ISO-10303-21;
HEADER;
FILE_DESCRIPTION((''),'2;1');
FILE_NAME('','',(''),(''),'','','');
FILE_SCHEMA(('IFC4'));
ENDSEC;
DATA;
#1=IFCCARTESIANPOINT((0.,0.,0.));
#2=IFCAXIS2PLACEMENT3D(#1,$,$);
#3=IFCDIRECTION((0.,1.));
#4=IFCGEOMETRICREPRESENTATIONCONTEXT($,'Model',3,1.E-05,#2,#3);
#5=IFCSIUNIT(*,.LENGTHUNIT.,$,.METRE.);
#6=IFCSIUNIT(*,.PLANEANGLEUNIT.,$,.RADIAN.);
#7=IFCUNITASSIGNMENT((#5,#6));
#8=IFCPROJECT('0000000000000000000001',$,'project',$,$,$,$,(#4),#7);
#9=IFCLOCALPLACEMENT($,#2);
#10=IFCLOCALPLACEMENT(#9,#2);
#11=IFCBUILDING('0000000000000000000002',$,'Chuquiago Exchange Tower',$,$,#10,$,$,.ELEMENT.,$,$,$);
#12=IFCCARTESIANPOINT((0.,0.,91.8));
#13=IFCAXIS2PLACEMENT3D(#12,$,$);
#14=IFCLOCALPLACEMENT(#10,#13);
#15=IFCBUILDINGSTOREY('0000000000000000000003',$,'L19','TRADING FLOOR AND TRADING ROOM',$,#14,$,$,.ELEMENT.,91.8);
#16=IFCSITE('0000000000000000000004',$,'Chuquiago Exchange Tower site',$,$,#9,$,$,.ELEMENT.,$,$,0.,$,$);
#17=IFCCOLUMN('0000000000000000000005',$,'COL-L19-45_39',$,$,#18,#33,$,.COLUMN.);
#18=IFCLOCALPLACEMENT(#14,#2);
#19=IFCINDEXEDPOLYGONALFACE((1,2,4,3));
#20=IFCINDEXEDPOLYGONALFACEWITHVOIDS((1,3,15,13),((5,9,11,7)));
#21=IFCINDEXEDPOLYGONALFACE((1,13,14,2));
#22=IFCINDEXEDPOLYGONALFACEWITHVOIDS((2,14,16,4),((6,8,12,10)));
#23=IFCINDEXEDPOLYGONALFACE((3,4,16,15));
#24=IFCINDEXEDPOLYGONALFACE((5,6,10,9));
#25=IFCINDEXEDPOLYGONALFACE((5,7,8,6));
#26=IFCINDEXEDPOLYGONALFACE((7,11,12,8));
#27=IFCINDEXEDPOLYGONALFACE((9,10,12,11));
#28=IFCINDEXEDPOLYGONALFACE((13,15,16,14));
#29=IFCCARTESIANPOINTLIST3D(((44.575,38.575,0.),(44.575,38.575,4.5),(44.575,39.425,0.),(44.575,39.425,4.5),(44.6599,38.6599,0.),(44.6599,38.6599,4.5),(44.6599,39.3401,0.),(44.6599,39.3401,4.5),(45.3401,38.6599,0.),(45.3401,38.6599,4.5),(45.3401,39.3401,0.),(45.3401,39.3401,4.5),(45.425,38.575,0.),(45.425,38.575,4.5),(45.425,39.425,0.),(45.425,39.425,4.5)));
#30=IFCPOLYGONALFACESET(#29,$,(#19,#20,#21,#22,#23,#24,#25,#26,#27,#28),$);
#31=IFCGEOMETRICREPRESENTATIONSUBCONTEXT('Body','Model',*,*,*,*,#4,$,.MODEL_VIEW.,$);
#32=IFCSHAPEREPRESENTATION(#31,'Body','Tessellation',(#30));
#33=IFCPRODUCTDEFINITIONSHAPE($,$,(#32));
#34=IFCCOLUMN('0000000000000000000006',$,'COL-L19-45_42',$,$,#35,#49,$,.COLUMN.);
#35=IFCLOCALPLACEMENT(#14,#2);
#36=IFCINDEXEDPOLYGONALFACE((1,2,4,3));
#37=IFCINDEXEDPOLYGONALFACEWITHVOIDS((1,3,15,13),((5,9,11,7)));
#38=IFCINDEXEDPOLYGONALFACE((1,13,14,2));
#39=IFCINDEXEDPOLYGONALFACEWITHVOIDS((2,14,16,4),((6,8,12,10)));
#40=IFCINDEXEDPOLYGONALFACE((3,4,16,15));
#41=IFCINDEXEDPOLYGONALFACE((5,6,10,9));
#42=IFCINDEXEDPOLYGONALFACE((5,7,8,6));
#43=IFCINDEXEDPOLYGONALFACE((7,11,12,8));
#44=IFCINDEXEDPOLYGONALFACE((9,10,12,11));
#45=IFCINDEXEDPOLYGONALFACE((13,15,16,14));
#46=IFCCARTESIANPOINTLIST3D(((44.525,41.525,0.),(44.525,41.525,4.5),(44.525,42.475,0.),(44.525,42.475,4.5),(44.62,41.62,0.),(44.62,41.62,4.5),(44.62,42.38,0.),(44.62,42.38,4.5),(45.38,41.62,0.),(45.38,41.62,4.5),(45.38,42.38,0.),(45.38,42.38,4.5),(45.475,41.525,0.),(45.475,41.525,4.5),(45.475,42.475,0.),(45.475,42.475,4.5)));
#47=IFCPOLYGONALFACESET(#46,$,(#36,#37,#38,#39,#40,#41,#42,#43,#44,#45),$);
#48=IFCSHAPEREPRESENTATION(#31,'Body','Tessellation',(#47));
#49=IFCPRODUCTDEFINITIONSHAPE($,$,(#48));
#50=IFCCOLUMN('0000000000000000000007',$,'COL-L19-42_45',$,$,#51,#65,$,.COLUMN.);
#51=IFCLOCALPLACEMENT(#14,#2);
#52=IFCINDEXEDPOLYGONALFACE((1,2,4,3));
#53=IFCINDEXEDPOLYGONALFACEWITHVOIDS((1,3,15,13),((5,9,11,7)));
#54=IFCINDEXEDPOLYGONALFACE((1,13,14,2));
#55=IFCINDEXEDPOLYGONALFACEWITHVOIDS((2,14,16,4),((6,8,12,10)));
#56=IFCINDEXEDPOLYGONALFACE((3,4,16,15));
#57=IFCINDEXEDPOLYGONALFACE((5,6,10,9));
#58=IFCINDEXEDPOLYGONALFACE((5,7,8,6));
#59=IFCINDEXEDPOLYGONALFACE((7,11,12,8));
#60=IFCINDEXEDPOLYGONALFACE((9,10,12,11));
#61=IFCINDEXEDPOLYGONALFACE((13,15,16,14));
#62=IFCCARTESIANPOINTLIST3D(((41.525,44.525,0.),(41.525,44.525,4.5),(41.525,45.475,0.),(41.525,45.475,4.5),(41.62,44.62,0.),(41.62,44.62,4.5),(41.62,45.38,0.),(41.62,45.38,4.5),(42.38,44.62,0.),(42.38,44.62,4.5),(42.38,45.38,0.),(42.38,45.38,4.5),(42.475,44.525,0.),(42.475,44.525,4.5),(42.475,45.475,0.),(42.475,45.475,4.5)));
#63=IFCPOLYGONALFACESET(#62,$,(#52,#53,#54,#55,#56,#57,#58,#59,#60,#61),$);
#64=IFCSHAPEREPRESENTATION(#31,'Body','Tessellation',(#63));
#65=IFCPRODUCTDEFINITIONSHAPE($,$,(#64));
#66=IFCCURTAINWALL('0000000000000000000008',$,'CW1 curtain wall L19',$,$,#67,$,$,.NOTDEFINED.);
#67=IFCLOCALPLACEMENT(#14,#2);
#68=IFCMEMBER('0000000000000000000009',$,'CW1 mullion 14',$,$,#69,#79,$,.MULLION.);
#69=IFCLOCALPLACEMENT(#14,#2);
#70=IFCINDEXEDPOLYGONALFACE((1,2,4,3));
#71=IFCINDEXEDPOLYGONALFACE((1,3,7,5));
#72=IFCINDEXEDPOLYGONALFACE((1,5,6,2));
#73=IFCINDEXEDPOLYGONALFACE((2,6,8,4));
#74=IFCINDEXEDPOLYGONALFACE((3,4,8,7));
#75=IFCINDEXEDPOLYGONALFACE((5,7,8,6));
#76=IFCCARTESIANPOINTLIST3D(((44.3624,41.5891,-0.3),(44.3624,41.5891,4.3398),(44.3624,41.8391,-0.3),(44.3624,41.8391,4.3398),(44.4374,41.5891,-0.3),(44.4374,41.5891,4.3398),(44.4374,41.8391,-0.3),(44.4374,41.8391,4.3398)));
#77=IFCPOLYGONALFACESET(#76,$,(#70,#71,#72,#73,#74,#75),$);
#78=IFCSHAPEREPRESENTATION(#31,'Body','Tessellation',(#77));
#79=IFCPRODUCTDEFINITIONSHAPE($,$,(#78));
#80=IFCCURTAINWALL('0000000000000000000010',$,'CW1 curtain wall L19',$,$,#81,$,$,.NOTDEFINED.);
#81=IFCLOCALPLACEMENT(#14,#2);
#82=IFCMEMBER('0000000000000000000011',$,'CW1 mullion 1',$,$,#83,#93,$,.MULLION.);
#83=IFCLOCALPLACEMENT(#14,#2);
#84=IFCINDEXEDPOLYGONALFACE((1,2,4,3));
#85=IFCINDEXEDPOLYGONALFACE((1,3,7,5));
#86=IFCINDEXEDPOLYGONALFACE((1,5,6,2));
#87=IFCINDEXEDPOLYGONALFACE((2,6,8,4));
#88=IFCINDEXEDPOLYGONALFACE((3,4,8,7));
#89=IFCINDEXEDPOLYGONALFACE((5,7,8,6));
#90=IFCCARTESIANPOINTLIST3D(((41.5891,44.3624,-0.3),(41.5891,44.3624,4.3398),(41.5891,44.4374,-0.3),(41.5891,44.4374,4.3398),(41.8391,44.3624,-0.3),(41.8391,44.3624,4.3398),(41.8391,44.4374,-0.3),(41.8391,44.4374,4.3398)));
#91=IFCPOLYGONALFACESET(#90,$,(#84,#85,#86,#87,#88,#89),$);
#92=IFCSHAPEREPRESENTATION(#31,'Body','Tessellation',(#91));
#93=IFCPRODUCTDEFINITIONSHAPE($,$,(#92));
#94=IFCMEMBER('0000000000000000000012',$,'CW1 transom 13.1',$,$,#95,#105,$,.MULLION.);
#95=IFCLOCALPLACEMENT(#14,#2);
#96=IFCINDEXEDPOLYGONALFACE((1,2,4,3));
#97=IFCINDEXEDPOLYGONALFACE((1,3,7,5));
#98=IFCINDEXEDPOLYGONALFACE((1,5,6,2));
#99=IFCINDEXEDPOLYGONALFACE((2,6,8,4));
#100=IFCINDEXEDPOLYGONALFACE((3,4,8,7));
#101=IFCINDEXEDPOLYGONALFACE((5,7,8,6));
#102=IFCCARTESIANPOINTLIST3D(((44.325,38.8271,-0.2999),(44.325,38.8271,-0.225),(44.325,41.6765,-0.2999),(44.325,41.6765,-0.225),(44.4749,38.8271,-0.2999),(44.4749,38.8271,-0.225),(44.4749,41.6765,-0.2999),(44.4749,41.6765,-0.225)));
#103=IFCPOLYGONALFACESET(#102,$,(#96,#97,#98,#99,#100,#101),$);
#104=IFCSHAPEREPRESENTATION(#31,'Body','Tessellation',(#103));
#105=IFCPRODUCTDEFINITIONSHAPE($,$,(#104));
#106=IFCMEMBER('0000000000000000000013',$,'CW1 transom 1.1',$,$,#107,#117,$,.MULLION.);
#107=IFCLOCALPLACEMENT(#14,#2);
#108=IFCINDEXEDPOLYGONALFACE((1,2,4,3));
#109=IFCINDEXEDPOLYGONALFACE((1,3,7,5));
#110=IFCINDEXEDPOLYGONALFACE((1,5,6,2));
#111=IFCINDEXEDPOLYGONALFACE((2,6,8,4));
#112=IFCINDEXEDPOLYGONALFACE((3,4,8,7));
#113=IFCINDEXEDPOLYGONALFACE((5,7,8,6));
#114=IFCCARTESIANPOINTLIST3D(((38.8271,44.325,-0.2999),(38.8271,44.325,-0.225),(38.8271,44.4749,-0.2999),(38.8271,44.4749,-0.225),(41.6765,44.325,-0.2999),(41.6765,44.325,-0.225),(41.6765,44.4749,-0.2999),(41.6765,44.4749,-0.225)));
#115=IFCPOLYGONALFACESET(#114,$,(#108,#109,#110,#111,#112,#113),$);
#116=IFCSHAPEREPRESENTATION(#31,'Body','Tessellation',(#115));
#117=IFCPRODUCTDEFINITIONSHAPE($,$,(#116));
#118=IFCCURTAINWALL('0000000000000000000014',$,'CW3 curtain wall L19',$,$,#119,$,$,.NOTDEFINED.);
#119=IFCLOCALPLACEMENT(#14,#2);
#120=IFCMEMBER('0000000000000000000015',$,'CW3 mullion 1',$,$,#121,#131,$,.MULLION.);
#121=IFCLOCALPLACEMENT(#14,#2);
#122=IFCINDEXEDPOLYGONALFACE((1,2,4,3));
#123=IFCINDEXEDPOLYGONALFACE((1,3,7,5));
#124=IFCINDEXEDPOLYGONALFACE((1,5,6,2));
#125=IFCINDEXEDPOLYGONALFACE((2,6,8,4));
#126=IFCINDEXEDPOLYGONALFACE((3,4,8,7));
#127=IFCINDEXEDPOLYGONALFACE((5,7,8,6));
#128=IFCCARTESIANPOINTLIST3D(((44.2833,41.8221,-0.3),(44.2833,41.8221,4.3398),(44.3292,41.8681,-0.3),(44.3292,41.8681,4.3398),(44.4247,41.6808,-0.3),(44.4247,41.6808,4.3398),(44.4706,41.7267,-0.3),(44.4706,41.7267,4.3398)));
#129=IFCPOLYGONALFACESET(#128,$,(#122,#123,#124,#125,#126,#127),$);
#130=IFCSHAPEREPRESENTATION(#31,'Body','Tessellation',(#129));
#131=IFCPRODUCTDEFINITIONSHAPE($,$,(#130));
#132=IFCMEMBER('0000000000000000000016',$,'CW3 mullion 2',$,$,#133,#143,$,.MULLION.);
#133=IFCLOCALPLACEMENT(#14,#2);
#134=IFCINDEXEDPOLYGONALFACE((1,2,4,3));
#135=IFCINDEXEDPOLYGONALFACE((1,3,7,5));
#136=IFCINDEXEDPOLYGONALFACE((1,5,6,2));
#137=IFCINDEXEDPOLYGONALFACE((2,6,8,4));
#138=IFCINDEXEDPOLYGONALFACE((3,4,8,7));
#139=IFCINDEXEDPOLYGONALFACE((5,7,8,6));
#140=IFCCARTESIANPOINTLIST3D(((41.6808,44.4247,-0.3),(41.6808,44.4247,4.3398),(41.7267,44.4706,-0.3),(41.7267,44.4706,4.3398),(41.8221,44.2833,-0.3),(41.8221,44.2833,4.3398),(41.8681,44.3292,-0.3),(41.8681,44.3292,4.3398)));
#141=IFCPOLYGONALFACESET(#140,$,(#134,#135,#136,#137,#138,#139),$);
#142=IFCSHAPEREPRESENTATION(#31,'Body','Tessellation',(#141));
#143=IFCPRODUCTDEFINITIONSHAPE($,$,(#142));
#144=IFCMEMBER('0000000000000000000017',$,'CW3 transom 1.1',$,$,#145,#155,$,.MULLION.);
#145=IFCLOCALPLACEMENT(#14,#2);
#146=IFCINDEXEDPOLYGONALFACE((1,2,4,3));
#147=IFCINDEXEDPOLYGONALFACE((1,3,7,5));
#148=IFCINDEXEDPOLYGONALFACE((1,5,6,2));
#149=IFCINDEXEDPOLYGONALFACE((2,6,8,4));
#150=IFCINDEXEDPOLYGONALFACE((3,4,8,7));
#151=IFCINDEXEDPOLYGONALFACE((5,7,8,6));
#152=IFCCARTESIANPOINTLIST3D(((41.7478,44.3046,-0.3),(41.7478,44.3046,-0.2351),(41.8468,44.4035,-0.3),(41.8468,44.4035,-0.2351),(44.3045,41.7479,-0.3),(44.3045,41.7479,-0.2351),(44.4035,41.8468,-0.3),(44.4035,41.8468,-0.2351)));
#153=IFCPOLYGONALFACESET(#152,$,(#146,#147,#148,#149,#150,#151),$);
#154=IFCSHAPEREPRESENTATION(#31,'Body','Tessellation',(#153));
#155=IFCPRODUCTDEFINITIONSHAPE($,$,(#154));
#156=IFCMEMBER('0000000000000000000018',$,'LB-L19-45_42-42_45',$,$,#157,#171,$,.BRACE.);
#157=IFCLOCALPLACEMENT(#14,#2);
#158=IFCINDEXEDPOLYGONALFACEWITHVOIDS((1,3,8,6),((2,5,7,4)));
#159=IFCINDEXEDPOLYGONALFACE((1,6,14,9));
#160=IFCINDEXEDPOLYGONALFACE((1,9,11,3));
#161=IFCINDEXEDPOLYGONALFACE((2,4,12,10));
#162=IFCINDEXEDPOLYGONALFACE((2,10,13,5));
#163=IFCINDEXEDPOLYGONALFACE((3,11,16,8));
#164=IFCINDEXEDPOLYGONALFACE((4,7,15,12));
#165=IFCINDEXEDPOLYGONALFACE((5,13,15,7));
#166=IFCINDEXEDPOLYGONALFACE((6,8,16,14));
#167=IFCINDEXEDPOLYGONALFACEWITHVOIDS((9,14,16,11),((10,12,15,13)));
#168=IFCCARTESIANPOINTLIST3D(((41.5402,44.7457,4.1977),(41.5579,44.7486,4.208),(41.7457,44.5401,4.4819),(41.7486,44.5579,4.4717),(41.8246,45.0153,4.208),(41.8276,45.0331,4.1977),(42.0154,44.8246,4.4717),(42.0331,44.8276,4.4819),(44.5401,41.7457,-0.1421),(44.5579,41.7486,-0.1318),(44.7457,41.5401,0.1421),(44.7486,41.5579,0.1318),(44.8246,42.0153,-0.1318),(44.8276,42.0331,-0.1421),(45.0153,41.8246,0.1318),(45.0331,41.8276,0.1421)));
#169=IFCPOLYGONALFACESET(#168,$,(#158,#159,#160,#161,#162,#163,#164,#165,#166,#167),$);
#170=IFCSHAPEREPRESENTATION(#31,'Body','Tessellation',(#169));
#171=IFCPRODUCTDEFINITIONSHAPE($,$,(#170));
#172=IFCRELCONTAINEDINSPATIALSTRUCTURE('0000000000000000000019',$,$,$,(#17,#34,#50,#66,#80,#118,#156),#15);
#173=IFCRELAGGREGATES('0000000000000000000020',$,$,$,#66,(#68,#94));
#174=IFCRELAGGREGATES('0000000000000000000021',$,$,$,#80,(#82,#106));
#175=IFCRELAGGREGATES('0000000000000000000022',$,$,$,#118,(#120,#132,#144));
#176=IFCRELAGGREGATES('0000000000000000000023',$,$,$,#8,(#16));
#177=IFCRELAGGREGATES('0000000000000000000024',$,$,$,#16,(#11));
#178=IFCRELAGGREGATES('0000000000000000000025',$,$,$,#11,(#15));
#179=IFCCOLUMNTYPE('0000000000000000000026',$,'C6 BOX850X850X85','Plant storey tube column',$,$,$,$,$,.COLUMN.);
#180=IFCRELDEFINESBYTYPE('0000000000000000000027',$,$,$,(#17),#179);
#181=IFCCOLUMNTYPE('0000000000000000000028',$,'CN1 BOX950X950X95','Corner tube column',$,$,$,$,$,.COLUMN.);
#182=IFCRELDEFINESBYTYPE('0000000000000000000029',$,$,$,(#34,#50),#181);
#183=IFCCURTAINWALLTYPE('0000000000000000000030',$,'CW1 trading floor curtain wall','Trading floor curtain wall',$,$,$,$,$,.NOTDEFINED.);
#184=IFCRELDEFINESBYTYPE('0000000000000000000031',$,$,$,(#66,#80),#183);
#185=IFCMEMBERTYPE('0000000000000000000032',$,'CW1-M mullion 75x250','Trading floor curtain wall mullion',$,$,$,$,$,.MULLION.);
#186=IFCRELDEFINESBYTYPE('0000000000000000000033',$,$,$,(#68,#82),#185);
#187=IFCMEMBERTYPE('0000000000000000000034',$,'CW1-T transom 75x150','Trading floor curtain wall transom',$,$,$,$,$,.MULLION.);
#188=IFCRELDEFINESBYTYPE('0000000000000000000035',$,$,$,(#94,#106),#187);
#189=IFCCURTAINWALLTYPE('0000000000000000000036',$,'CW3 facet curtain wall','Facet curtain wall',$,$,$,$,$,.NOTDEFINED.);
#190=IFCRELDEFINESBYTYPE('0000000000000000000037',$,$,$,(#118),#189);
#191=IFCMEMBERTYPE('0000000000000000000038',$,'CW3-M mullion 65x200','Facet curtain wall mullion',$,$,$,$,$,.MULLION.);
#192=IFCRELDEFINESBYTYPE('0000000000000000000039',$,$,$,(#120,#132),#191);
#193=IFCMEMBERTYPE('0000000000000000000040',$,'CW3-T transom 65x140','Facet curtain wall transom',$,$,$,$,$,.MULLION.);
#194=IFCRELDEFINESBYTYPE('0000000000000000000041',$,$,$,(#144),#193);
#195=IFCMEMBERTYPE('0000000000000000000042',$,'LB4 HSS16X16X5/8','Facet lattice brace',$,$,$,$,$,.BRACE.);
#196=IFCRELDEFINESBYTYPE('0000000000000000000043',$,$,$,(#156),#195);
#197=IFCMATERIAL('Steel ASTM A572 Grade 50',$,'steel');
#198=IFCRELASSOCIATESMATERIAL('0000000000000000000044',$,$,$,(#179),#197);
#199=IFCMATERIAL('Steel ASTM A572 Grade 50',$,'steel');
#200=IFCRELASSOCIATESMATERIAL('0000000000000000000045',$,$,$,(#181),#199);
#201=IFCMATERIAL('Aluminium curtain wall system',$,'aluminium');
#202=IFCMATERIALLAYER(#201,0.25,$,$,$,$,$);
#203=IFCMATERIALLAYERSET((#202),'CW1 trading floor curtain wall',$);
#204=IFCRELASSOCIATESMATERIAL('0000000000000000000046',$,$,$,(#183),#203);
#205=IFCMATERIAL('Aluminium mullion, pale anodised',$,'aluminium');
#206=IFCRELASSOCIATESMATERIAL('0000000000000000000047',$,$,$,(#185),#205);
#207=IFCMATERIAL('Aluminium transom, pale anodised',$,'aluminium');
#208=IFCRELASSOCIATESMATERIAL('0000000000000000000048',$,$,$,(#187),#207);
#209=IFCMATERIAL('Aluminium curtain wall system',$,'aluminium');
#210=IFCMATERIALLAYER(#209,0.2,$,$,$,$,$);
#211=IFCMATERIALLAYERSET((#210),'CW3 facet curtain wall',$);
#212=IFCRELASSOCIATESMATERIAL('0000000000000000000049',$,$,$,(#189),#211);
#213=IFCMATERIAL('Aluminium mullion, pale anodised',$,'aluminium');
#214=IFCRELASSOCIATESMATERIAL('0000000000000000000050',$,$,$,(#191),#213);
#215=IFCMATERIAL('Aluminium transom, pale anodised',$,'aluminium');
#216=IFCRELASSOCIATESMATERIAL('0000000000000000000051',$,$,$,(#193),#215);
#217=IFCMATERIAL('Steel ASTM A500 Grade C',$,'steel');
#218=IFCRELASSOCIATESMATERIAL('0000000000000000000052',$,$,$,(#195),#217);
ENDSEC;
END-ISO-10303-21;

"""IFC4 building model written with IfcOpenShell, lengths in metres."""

from ifc_helpers import new_model, si_unit, direction, frame, origin, origin_2d, place, context, subcontext, project, spatial, rectangle, hollow_rectangle, extrude, material, layer, layer_set, material_profile, profile_set, type_object, element, aggregate, save


model = new_model("IFC4")

# Units and contexts
model_context = context("Model", 3, precision=1e-05, world=origin(), true_north=direction((0.0, 1.0)))
body_context = subcontext(model_context, "Body", "Model", "MODEL_VIEW")
ifc_project = project(units=[si_unit("LENGTHUNIT", "METRE"), si_unit("PLANEANGLEUNIT", "RADIAN")], contexts=[model_context])

# Site, building, storey
site_placement = place(None, origin())
site = spatial("IfcSite", under=ifc_project, at=site_placement, Name="Chuquiago Exchange Tower site", CompositionType="ELEMENT", RefElevation=0.0)
building_placement = place(site_placement, origin())
building = spatial("IfcBuilding", under=site, at=building_placement, Name="Chuquiago Exchange Tower", CompositionType="ELEMENT")
storey_placement = place(building_placement, frame((0.0, 0.0, 91.8)))
storey = spatial("IfcBuildingStorey", under=building, at=storey_placement, Name="L19", Description="TRADING FLOOR AND TRADING ROOM", CompositionType="ELEMENT", Elevation=91.8)

# Columns
ifc_material_1 = material(Name="Steel ASTM A572 Grade 50", Category="steel")
ifc_material_profile_1 = material_profile(ifc_material_1, hollow_rectangle(XDim=0.8501, YDim=0.8501, WallThickness=0.085, at=origin_2d()), Name="BOX850X850X85")
ifc_profile_set_1 = profile_set([ifc_material_profile_1], Name="Steel ASTM A572 Grade 50")
column_type_1 = type_object("IfcColumnType", Name="C6 BOX850X850X85", Description="Plant storey tube column", PredefinedType="COLUMN", material=ifc_profile_set_1)
column_placement = place(storey_placement, frame((45.0, 39.0, 0.0), z_axis=(0.0, 0.0, 1.0), x_axis=(1.0, 0.0, 0.0)))
element("IfcColumn", 1, at=column_placement, inside=storey, type_object=column_type_1, Name="COL-L19-45_39", PredefinedType="COLUMN", context=body_context, shape_type="SweptSolid", body=[
    extrude(hollow_rectangle(XDim=0.8501, YDim=0.8501, WallThickness=0.085, at=origin_2d()), origin(), (0.0, 0.0, 1.0), 4.5),
])
ifc_material_2 = material(Name="Steel ASTM A572 Grade 50", Category="steel")
ifc_material_profile_2 = material_profile(ifc_material_2, hollow_rectangle(XDim=0.95, YDim=0.95, WallThickness=0.095, at=origin_2d()), Name="BOX950X950X95")
ifc_profile_set_2 = profile_set([ifc_material_profile_2], Name="Steel ASTM A572 Grade 50")
column_type_2 = type_object("IfcColumnType", Name="CN1 BOX950X950X95", Description="Corner tube column", PredefinedType="COLUMN", material=ifc_profile_set_2)
for number, where, z_axis, x_axis, name in (
    (2, (45.0, 42.0, 0.0), (0.0, 0.0, 1.0), (1.0, 0.0, 0.0), "COL-L19-45_42"),
    (3, (42.0, 45.0, 0.0), (0.0, 0.0, 1.0), (0.0, 1.0, 0.0), "COL-L19-42_45"),
):
    element("IfcColumn", number, at=place(storey_placement, frame(where, z_axis=z_axis, x_axis=x_axis)), inside=storey, type_object=column_type_2, Name=name, PredefinedType="COLUMN", context=body_context, shape_type="SweptSolid", body=[
        extrude(hollow_rectangle(XDim=0.95, YDim=0.95, WallThickness=0.095, at=origin_2d()), origin(), (0.0, 0.0, 1.0), 4.5),
    ])

# Curtain walls, members
ifc_material_3 = material(Name="Aluminium curtain wall system", Category="aluminium")
ifc_layer_1 = layer(ifc_material_3, 0.25)
ifc_layer_set_1 = layer_set([ifc_layer_1], Name="CW1 trading floor curtain wall")
curtain_wall_type_1 = type_object("IfcCurtainWallType", Name="CW1 trading floor curtain wall", Description="Trading floor curtain wall", PredefinedType="NOTDEFINED", material=ifc_layer_set_1)
curtain_wall_1_placement = place(storey_placement, origin())
curtain_wall_1 = element("IfcCurtainWall", 4, at=curtain_wall_1_placement, inside=storey, type_object=curtain_wall_type_1, Name="CW1 curtain wall L19", PredefinedType="NOTDEFINED")
ifc_material_4 = material(Name="Aluminium mullion, pale anodised", Category="aluminium")
ifc_material_profile_3 = material_profile(ifc_material_4, rectangle(XDim=0.075, YDim=0.25, at=origin_2d()), Name="AL 75x250")
ifc_profile_set_3 = profile_set([ifc_material_profile_3], Name="Aluminium mullion, pale anodised")
member_type_1 = type_object("IfcMemberType", Name="CW1-M mullion 75x250", Description="Trading floor curtain wall mullion", PredefinedType="MULLION", material=ifc_profile_set_3)
member_1_placement = place(storey_placement, frame((44.3999, 41.7141, -0.3), z_axis=(0.0, 0.0, 1.0), x_axis=(-1.0, 0.0, 0.0)))
member_1 = element("IfcMember", 5, at=member_1_placement, type_object=member_type_1, Name="CW1 mullion 14", PredefinedType="MULLION", context=body_context, shape_type="SweptSolid", body=[
    extrude(rectangle(XDim=0.075, YDim=0.25, at=origin_2d()), origin(), (0.0, 0.0, 1.0), 4.6399),
])
curtain_wall_2_placement = place(storey_placement, origin())
curtain_wall_2 = element("IfcCurtainWall", 6, at=curtain_wall_2_placement, inside=storey, type_object=curtain_wall_type_1, Name="CW1 curtain wall L19", PredefinedType="NOTDEFINED")
member_2_placement = place(storey_placement, frame((41.7141, 44.3999, -0.3), z_axis=(0.0, 0.0, 1.0), x_axis=(0.0, -1.0, 0.0)))
member_2 = element("IfcMember", 7, at=member_2_placement, type_object=member_type_1, Name="CW1 mullion 1", PredefinedType="MULLION", context=body_context, shape_type="SweptSolid", body=[
    extrude(rectangle(XDim=0.075, YDim=0.25, at=origin_2d()), origin(), (0.0, 0.0, 1.0), 4.6399),
])

# Members
ifc_material_5 = material(Name="Aluminium transom, pale anodised", Category="aluminium")
ifc_material_profile_4 = material_profile(ifc_material_5, rectangle(XDim=0.1499, YDim=0.075, at=origin_2d()), Name="AL 150x75")
ifc_profile_set_4 = profile_set([ifc_material_profile_4], Name="Aluminium transom, pale anodised")
member_type_2 = type_object("IfcMemberType", Name="CW1-T transom 75x150", Description="Trading floor curtain wall transom", PredefinedType="MULLION", material=ifc_profile_set_4)
member_3_placement = place(storey_placement, frame((44.3999, 38.8271, -0.2625), z_axis=(0.0, 1.0, 0.0), x_axis=(-1.0, 0.0, 0.0)))
member_3 = element("IfcMember", 8, at=member_3_placement, type_object=member_type_2, Name="CW1 transom 13.1", PredefinedType="MULLION", context=body_context, shape_type="SweptSolid", body=[
    extrude(rectangle(XDim=0.1499, YDim=0.075, at=origin_2d()), origin(), (0.0, 0.0, 1.0), 2.8494),
])
member_4_placement = place(storey_placement, frame((41.6765, 44.3999, -0.2625), z_axis=(-1.0, 0.0, 0.0), x_axis=(0.0, -1.0, 0.0)))
member_4 = element("IfcMember", 9, at=member_4_placement, type_object=member_type_2, Name="CW1 transom 1.1", PredefinedType="MULLION", context=body_context, shape_type="SweptSolid", body=[
    extrude(rectangle(XDim=0.1499, YDim=0.075, at=origin_2d()), origin(), (0.0, 0.0, 1.0), 2.8494),
])

# Curtain wall, members
ifc_material_6 = material(Name="Aluminium curtain wall system", Category="aluminium")
ifc_layer_2 = layer(ifc_material_6, 0.2)
ifc_layer_set_2 = layer_set([ifc_layer_2], Name="CW3 facet curtain wall")
curtain_wall_type_2 = type_object("IfcCurtainWallType", Name="CW3 facet curtain wall", Description="Facet curtain wall", PredefinedType="NOTDEFINED", material=ifc_layer_set_2)
curtain_wall_3_placement = place(storey_placement, origin())
curtain_wall_3 = element("IfcCurtainWall", 10, at=curtain_wall_3_placement, inside=storey, type_object=curtain_wall_type_2, Name="CW3 curtain wall L19", PredefinedType="NOTDEFINED")
ifc_material_7 = material(Name="Aluminium mullion, pale anodised", Category="aluminium")
ifc_material_profile_5 = material_profile(ifc_material_7, rectangle(XDim=0.0649, YDim=0.2, at=origin_2d()), Name="AL 65x200")
ifc_profile_set_5 = profile_set([ifc_material_profile_5], Name="Aluminium mullion, pale anodised")
member_type_3 = type_object("IfcMemberType", Name="CW3-M mullion 65x200", Description="Facet curtain wall mullion", PredefinedType="MULLION", material=ifc_profile_set_5)
member_5_placement = place(storey_placement, frame((44.377, 41.7744, -0.3), z_axis=(0.0, 0.0, 1.0), x_axis=(-0.707107, -0.707107, 0.0)))
member_5 = element("IfcMember", 11, at=member_5_placement, type_object=member_type_3, Name="CW3 mullion 1", PredefinedType="MULLION", context=body_context, shape_type="SweptSolid", body=[
    extrude(rectangle(XDim=0.0649, YDim=0.2, at=origin_2d()), origin(), (0.0, 0.0, 1.0), 4.6399),
])
member_6_placement = place(storey_placement, frame((41.7744, 44.377, -0.3), z_axis=(0.0, 0.0, 1.0), x_axis=(-0.707107, -0.707107, 0.0)))
member_6 = element("IfcMember", 12, at=member_6_placement, type_object=member_type_3, Name="CW3 mullion 2", PredefinedType="MULLION", context=body_context, shape_type="SweptSolid", body=[
    extrude(rectangle(XDim=0.0649, YDim=0.2, at=origin_2d()), origin(), (0.0, 0.0, 1.0), 4.6399),
])
ifc_material_8 = material(Name="Aluminium transom, pale anodised", Category="aluminium")
ifc_material_profile_6 = material_profile(ifc_material_8, rectangle(XDim=0.1399, YDim=0.0649, at=origin_2d()), Name="AL 140x65")
ifc_profile_set_6 = profile_set([ifc_material_profile_6], Name="Aluminium transom, pale anodised")
member_type_4 = type_object("IfcMemberType", Name="CW3-T transom 65x140", Description="Facet curtain wall transom", PredefinedType="MULLION", material=ifc_profile_set_6)
member_7_placement = place(storey_placement, frame((44.354, 41.7974, -0.2676), z_axis=(-0.707107, 0.707107, 0.0), x_axis=(-0.707107, -0.707107, 0.0)))
member_7 = element("IfcMember", 13, at=member_7_placement, type_object=member_type_4, Name="CW3 transom 1.1", PredefinedType="MULLION", context=body_context, shape_type="SweptSolid", body=[
    extrude(rectangle(XDim=0.1399, YDim=0.0649, at=origin_2d()), origin(), (0.0, 0.0, 1.0), 3.6157),
])

# Member
ifc_material_9 = material(Name="Steel ASTM A500 Grade C", Category="steel")
ifc_material_profile_7 = material_profile(ifc_material_9, hollow_rectangle(XDim=0.4065, YDim=0.4065, WallThickness=0.0146, at=origin_2d()), Name="HSS16X16X5/8")
ifc_profile_set_7 = profile_set([ifc_material_profile_7], Name="Steel ASTM A500 Grade C")
member_type_5 = type_object("IfcMemberType", Name="LB4 HSS16X16X5/8", Description="Facet lattice brace", PredefinedType="BRACE", material=ifc_profile_set_7)
member_8_placement = place(storey_placement, frame((44.7866, 41.7866, 0.0), z_axis=(-0.494305, 0.494305, 0.715069), x_axis=(-0.707107, -0.707107, 0.0)))
element("IfcMember", 14, at=member_8_placement, inside=storey, type_object=member_type_5, Name="LB-L19-45_42-42_45", PredefinedType="BRACE", context=body_context, shape_type="SweptSolid", body=[
    extrude(hollow_rectangle(XDim=0.4065, YDim=0.4065, WallThickness=0.0146, at=origin_2d()), origin(), (0.0, 0.0, 1.0), 6.0691),
])

aggregate(curtain_wall_1, [member_1, member_3])
aggregate(curtain_wall_2, [member_2, member_4])
aggregate(curtain_wall_3, [member_5, member_6, member_7])

save(model, "model.ifc")
